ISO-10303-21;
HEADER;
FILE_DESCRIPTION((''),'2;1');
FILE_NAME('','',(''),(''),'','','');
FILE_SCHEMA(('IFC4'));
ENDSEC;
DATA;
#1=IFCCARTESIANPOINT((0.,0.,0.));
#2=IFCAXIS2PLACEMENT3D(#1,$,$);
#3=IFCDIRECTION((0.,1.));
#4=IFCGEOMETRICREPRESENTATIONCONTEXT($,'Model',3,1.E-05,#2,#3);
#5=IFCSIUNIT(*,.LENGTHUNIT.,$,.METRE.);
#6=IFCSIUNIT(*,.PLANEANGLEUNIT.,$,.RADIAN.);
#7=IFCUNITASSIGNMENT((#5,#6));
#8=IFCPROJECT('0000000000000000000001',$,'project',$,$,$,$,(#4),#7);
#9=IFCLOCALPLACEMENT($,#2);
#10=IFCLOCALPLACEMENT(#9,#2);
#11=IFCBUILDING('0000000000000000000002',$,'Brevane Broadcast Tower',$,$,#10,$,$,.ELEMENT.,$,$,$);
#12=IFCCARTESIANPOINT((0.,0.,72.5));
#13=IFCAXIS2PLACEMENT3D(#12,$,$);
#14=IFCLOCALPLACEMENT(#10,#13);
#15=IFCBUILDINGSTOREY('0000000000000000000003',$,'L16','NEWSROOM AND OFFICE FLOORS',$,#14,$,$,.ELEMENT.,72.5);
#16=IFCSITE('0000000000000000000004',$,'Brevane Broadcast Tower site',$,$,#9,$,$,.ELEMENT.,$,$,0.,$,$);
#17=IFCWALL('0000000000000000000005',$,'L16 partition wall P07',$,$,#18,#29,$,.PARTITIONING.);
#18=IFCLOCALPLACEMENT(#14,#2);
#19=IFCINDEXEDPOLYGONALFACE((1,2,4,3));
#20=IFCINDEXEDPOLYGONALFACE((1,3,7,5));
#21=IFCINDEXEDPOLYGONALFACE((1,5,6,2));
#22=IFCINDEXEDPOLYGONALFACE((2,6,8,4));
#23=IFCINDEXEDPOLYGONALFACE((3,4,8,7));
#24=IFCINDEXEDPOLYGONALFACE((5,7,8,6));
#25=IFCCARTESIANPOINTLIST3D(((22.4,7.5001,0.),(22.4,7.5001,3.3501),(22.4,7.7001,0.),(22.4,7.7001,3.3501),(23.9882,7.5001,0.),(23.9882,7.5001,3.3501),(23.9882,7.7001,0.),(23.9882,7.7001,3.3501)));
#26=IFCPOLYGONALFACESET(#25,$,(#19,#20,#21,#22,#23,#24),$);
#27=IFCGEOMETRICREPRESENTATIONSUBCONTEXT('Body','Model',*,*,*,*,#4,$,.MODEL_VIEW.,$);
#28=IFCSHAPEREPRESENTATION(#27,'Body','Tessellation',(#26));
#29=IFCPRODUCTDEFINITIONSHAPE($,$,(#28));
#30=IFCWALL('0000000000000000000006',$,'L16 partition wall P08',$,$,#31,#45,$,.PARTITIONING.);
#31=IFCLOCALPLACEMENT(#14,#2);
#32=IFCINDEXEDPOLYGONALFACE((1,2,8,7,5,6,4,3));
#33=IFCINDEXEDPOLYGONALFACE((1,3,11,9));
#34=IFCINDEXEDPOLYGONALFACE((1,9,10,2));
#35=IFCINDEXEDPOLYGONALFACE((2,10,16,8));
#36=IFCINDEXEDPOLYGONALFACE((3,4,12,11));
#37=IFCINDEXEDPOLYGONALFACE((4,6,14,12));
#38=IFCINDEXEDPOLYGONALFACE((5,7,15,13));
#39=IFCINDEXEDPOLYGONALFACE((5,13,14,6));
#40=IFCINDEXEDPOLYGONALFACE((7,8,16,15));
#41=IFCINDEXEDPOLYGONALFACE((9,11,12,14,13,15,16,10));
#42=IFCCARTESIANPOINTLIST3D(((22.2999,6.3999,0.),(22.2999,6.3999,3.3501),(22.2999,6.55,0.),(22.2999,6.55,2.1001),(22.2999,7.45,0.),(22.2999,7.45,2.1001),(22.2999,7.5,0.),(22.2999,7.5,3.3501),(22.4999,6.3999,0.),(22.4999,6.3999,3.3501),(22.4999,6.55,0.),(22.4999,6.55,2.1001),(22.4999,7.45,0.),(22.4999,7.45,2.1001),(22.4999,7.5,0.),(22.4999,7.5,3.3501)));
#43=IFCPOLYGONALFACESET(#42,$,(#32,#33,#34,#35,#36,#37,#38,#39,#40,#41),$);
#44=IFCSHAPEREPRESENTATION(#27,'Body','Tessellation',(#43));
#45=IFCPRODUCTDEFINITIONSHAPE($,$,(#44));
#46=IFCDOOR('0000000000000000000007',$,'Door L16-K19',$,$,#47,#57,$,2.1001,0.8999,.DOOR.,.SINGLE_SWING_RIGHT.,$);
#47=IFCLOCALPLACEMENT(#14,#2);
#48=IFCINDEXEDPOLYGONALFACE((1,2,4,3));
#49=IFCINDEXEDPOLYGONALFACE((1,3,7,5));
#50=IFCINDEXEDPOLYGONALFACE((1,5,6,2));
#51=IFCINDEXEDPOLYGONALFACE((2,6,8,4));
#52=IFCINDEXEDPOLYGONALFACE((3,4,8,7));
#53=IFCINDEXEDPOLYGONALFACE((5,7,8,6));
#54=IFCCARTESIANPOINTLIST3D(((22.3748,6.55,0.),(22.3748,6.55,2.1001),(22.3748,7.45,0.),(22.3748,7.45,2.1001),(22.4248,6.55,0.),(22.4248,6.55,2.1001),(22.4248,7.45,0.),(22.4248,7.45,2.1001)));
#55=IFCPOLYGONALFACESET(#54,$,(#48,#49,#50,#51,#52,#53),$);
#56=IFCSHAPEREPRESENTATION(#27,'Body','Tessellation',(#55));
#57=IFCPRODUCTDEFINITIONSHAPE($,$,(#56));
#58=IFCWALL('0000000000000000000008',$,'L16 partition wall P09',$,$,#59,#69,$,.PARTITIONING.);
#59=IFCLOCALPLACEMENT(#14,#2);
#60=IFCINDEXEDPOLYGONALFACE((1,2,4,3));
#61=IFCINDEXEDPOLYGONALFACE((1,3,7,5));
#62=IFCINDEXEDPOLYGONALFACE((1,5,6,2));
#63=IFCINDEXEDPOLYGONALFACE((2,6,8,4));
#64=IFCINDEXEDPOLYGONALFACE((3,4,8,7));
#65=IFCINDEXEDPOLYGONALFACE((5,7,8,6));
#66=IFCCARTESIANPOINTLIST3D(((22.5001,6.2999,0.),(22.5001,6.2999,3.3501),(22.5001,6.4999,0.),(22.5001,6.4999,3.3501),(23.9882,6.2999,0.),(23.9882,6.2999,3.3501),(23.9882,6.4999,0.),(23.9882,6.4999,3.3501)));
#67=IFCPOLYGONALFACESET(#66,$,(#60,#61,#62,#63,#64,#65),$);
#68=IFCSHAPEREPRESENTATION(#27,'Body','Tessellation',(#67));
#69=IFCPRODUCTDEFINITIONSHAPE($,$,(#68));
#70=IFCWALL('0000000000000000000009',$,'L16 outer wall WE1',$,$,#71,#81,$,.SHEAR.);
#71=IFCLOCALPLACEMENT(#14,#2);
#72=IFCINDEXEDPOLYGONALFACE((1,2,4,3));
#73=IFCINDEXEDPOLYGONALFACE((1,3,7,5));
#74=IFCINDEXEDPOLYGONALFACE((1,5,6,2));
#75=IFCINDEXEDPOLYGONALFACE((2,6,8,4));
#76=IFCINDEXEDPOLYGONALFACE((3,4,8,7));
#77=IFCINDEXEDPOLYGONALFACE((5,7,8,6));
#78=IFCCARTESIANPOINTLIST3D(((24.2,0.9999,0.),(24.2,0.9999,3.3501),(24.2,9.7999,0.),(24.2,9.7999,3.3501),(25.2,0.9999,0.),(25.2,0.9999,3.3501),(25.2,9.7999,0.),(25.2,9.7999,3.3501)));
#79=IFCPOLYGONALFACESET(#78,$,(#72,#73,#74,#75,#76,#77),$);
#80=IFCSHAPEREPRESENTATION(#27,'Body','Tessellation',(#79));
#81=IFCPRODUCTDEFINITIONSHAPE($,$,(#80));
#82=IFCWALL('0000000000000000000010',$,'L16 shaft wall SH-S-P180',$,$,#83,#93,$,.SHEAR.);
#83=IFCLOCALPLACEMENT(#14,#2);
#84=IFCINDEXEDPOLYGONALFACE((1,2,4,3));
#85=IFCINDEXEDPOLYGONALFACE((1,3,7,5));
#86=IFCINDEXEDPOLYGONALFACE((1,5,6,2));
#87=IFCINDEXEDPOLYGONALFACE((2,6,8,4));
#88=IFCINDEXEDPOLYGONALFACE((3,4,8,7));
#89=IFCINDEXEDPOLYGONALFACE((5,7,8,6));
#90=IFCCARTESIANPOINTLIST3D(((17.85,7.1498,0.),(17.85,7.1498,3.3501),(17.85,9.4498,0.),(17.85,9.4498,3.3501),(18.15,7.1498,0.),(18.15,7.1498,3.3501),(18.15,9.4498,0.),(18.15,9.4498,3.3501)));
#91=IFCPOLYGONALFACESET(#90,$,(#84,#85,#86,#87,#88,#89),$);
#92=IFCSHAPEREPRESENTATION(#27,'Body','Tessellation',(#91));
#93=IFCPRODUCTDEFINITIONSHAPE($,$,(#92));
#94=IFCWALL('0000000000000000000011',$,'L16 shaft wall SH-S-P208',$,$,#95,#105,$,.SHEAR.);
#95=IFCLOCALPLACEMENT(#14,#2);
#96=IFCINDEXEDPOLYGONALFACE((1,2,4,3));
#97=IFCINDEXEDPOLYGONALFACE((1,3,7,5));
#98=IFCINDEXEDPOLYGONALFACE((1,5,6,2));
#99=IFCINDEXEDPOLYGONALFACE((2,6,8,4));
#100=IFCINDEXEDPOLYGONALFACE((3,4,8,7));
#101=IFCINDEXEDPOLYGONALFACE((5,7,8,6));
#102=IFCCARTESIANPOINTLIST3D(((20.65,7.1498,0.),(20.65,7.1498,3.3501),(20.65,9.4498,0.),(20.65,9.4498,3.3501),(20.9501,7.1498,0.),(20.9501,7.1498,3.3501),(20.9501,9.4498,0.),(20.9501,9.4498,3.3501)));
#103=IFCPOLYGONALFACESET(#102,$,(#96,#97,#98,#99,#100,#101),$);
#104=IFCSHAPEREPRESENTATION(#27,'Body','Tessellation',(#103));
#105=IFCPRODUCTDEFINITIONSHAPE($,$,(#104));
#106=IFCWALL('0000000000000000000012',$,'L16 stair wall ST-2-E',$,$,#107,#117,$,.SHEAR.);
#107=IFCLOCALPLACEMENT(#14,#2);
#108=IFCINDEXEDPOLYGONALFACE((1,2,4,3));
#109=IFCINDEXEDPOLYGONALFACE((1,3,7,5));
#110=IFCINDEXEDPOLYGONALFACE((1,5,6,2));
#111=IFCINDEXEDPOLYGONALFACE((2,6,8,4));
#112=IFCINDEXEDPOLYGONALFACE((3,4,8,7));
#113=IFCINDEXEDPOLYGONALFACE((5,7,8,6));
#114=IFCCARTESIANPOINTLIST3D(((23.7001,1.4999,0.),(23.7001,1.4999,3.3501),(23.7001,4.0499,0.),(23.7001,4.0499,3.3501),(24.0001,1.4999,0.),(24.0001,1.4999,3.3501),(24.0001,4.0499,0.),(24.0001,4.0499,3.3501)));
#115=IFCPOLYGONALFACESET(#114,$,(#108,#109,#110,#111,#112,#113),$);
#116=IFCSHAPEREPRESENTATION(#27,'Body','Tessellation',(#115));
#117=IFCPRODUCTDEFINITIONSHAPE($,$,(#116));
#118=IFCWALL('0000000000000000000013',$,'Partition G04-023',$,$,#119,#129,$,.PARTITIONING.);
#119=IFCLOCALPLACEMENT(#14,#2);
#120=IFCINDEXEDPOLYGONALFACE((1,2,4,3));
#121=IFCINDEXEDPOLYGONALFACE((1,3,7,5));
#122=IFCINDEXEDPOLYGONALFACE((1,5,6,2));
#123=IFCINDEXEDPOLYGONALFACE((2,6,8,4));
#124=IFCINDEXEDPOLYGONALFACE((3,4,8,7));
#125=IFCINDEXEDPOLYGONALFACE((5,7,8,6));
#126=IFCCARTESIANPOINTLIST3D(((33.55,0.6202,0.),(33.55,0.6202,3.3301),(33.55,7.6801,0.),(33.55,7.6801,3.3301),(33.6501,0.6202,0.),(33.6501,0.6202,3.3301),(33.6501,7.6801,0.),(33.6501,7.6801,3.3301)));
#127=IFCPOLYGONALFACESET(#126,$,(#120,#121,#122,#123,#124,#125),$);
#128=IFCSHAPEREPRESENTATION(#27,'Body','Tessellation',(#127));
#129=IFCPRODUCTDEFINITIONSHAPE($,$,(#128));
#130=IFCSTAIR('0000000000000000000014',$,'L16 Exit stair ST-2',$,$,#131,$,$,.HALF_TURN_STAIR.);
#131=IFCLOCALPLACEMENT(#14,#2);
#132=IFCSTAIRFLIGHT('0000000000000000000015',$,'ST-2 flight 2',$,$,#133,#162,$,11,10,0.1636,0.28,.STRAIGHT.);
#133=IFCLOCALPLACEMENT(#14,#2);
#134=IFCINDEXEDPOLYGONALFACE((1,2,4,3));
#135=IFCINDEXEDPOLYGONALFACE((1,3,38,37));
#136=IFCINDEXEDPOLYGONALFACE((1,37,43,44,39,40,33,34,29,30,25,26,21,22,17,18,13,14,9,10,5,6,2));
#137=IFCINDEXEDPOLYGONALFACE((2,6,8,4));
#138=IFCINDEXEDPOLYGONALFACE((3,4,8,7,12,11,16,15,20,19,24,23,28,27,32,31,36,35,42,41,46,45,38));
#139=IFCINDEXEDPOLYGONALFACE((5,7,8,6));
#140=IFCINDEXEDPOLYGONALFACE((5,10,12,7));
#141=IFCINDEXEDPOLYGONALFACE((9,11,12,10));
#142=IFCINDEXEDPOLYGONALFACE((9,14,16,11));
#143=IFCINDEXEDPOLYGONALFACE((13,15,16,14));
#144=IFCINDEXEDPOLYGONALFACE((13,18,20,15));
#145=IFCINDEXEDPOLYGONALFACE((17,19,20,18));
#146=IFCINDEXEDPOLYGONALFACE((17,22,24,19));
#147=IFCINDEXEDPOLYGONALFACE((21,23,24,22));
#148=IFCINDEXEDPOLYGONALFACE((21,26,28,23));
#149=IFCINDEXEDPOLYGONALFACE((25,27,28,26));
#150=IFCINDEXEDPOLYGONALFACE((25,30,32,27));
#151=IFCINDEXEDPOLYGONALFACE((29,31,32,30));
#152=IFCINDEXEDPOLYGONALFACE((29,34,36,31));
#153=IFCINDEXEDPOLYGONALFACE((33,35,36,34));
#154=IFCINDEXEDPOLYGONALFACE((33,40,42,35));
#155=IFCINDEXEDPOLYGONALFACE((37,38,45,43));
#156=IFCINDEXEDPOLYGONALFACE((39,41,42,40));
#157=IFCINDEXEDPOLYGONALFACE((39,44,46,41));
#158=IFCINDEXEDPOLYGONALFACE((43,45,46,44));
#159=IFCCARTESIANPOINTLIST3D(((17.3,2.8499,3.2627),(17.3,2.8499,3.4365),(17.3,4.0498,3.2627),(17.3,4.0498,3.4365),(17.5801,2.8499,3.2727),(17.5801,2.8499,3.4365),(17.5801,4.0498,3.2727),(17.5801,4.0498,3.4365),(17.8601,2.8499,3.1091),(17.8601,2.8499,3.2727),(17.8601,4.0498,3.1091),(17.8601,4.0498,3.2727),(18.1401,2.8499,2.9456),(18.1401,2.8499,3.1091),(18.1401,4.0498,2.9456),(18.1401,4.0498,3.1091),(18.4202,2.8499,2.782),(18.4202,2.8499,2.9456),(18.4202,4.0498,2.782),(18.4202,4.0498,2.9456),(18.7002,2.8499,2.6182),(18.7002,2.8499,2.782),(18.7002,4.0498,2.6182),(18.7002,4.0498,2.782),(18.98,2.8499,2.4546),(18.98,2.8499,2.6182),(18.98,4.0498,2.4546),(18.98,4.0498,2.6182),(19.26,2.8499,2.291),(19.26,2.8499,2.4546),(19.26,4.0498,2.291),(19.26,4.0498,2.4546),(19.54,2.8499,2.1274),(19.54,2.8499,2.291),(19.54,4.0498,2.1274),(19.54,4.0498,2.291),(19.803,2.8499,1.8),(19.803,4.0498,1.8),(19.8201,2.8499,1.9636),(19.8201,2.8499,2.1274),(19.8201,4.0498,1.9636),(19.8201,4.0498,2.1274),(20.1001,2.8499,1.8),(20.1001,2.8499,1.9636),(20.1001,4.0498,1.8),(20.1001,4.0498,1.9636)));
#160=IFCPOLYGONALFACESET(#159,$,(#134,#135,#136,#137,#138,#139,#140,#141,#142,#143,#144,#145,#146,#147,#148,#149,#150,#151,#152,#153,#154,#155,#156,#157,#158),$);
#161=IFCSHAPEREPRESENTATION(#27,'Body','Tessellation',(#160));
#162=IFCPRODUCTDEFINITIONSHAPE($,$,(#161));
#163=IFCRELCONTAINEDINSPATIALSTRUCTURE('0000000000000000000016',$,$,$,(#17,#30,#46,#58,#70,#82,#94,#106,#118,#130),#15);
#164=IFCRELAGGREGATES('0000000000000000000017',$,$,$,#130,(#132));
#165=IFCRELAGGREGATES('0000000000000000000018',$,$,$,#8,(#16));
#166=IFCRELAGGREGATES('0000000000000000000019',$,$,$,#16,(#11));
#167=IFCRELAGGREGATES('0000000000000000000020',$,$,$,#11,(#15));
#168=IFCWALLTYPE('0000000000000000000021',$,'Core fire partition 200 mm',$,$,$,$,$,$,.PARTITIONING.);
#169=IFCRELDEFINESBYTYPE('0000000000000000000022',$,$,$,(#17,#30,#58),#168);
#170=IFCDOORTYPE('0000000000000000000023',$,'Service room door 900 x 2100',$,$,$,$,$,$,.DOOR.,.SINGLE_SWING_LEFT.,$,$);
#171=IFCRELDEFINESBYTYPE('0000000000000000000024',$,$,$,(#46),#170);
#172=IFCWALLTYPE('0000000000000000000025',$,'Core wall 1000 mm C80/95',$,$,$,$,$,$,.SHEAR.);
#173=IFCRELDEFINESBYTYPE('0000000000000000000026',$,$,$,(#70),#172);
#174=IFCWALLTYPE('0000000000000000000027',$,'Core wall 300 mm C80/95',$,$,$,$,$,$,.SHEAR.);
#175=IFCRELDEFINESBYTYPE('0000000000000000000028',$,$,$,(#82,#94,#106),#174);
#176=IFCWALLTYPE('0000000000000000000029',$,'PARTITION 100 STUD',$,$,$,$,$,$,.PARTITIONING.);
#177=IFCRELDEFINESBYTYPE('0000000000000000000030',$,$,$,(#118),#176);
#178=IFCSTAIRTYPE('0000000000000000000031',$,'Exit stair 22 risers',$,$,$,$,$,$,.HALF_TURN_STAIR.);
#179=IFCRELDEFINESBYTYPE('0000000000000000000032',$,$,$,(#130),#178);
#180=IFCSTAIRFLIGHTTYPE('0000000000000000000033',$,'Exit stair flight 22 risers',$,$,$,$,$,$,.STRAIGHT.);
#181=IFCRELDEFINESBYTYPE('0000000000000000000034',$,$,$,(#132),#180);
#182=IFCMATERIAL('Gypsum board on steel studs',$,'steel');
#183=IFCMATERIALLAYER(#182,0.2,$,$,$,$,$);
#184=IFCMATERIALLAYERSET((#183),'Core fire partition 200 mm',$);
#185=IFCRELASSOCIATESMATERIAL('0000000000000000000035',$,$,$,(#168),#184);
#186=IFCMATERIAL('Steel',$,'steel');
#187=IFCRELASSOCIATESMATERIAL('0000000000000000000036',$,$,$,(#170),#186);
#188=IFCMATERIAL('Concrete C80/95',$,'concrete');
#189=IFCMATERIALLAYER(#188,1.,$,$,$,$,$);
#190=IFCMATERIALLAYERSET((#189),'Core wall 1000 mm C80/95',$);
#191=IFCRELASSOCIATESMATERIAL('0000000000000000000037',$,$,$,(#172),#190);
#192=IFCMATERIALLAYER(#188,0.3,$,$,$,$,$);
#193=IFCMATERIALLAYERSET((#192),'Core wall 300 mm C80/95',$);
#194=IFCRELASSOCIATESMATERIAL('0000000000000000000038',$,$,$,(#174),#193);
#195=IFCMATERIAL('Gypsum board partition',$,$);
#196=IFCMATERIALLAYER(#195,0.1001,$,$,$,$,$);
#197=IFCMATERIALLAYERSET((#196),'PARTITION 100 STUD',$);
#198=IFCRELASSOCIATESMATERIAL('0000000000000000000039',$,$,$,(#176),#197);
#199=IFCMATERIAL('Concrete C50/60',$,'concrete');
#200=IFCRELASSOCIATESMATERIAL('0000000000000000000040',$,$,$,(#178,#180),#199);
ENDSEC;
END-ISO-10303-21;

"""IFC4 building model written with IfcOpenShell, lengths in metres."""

from ifc_helpers import new_model, si_unit, direction, frame, frame_2d, origin, place, context, subcontext, project, spatial, polyline, rectangle, outline, extrude, material, layer, layer_set, type_object, element, fill, aggregate, save


model = new_model("IFC4")

# Units and contexts
model_context = context("Model", 3, precision=1e-05, world=origin(), true_north=direction((0.0, 1.0)))
body_context = subcontext(model_context, "Body", "Model", "MODEL_VIEW")
ifc_project = project(units=[si_unit("LENGTHUNIT", "METRE"), si_unit("PLANEANGLEUNIT", "RADIAN")], contexts=[model_context])

# Site, building, storey
site_placement = place(None, origin())
site = spatial("IfcSite", under=ifc_project, at=site_placement, Name="Brevane Broadcast Tower site", CompositionType="ELEMENT", RefElevation=0.0)
building_placement = place(site_placement, origin())
building = spatial("IfcBuilding", under=site, at=building_placement, Name="Brevane Broadcast Tower", CompositionType="ELEMENT")
storey_placement = place(building_placement, frame((0.0, 0.0, 72.5)))
storey = spatial("IfcBuildingStorey", under=building, at=storey_placement, Name="L16", Description="NEWSROOM AND OFFICE FLOORS", CompositionType="ELEMENT", Elevation=72.5)

# Shared definitions
ifc_material_1 = material(Name="Concrete C80/95", Category="concrete")

# Wall
ifc_material_2 = material(Name="Gypsum board on steel studs", Category="steel")
ifc_layer_1 = layer(ifc_material_2, 0.2)
ifc_layer_set_1 = layer_set([ifc_layer_1], Name="Core fire partition 200 mm")
wall_type_1 = type_object("IfcWallType", Name="Core fire partition 200 mm", PredefinedType="PARTITIONING", material=ifc_layer_set_1)
wall_1_placement = place(storey_placement, frame((23.988, 7.6001, 0.0), z_axis=(0.0, 0.0, 1.0), x_axis=(-1.0, 0.0, 0.0)))
element("IfcWall", 1, at=wall_1_placement, inside=storey, type_object=wall_type_1, Name="L16 partition wall P07", PredefinedType="PARTITIONING", context=body_context, shape_type="SweptSolid", body=[
    extrude(rectangle(XDim=1.5881, YDim=0.2, at=frame_2d((0.7939, 0.0))), origin(), (0.0, 0.0, 1.0), 3.3501),
])

# Wall, opening, door
wall_2_placement = place(storey_placement, frame((22.3999, 7.5, 0.0), z_axis=(0.0, 0.0, 1.0), x_axis=(0.0, -1.0, 0.0)))
wall_2 = element("IfcWall", 2, at=wall_2_placement, inside=storey, type_object=wall_type_1, Name="L16 partition wall P08", PredefinedType="PARTITIONING", context=body_context, shape_type="SweptSolid", body=[
    extrude(rectangle(XDim=1.1001, YDim=0.2, at=frame_2d((0.55, 0.0))), origin(), (0.0, 0.0, 1.0), 3.3501),
])
opening_placement = place(wall_2_placement, frame((0.05, 0.0, 0.0)))
opening = element("IfcOpeningElement", 3, at=opening_placement, cuts=wall_2, PredefinedType="OPENING", context=body_context, shape_type="SweptSolid", body=[
    extrude(rectangle(XDim=0.8999, YDim=2.1001, at=frame_2d((0.45, 1.05))), frame((0.0, 0.1099, 0.0), z_axis=(0.0, -1.0, 0.0), x_axis=(1.0, 0.0, 0.0)), (0.0, 0.0, 1.0), 0.22),
])
ifc_material_3 = material(Name="Steel", Category="steel")
door_type = type_object("IfcDoorType", Name="Service room door 900 x 2100", OperationType="SINGLE_SWING_LEFT", PredefinedType="DOOR", material=ifc_material_3)
door_placement = place(opening_placement, origin())
door = element("IfcDoor", 4, at=door_placement, inside=storey, type_object=door_type, Name="Door L16-K19", OperationType="SINGLE_SWING_RIGHT", OverallHeight=2.1001, OverallWidth=0.8999, PredefinedType="DOOR", context=body_context, shape_type="SweptSolid", body=[
    extrude(rectangle(XDim=0.8999, YDim=2.1001, at=frame_2d((0.45, 1.05))), frame((0.0, 0.0249, 0.0), z_axis=(0.0, -1.0, 0.0), x_axis=(1.0, 0.0, 0.0)), (0.0, 0.0, 1.0), 0.05),
])
fill(opening, door)

# Walls
wall_3_placement = place(storey_placement, frame((22.5, 6.3999, 0.0), z_axis=(0.0, 0.0, 1.0), x_axis=(1.0, 0.0, 0.0)))
element("IfcWall", 5, at=wall_3_placement, inside=storey, type_object=wall_type_1, Name="L16 partition wall P09", PredefinedType="PARTITIONING", context=body_context, shape_type="SweptSolid", body=[
    extrude(rectangle(XDim=1.488, YDim=0.2, at=frame_2d((0.7441, 0.0))), origin(), (0.0, 0.0, 1.0), 3.3501),
])
ifc_layer_2 = layer(ifc_material_1, 1.0)
ifc_layer_set_2 = layer_set([ifc_layer_2], Name="Core wall 1000 mm C80/95")
wall_type_2 = type_object("IfcWallType", Name="Core wall 1000 mm C80/95", PredefinedType="SHEAR", material=ifc_layer_set_2)
wall_4_placement = place(storey_placement, frame((24.7, 1.0, 0.0), z_axis=(0.0, 0.0, 1.0), x_axis=(0.0, 1.0, 0.0)))
element("IfcWall", 6, at=wall_4_placement, inside=storey, type_object=wall_type_2, Name="L16 outer wall WE1", PredefinedType="SHEAR", context=body_context, shape_type="SweptSolid", body=[
    extrude(rectangle(XDim=8.8, YDim=1.0, at=frame_2d((4.3999, 0.0))), origin(), (0.0, 0.0, 1.0), 3.3501),
])
ifc_layer_3 = layer(ifc_material_1, 0.3)
ifc_layer_set_3 = layer_set([ifc_layer_3], Name="Core wall 300 mm C80/95")
wall_type_3 = type_object("IfcWallType", Name="Core wall 300 mm C80/95", PredefinedType="SHEAR", material=ifc_layer_set_3)
for number, where, z_axis, x_axis, name in (
    (7, (18.0, 7.1499, 0.0), (0.0, 0.0, 1.0), (0.0, 1.0, 0.0), "L16 shaft wall SH-S-P180"),
    (8, (20.8, 7.1499, 0.0), (0.0, 0.0, 1.0), (0.0, 1.0, 0.0), "L16 shaft wall SH-S-P208"),
):
    element("IfcWall", number, at=place(storey_placement, frame(where, z_axis=z_axis, x_axis=x_axis)), inside=storey, type_object=wall_type_3, Name=name, PredefinedType="SHEAR", context=body_context, shape_type="SweptSolid", body=[
        extrude(rectangle(XDim=2.3, YDim=0.3, at=frame_2d((1.1499, 0.0))), origin(), (0.0, 0.0, 1.0), 3.3501),
    ])
wall_5_placement = place(storey_placement, frame((23.8501, 1.5, 0.0), z_axis=(0.0, 0.0, 1.0), x_axis=(0.0, 1.0, 0.0)))
element("IfcWall", 9, at=wall_5_placement, inside=storey, type_object=wall_type_3, Name="L16 stair wall ST-2-E", PredefinedType="SHEAR", context=body_context, shape_type="SweptSolid", body=[
    extrude(rectangle(XDim=2.55, YDim=0.3, at=frame_2d((1.2749, 0.0))), origin(), (0.0, 0.0, 1.0), 3.3501),
])
ifc_material_4 = material(Name="Gypsum board partition")
ifc_layer_4 = layer(ifc_material_4, 0.1001)
ifc_layer_set_4 = layer_set([ifc_layer_4], Name="PARTITION 100 STUD")
wall_type_4 = type_object("IfcWallType", Name="PARTITION 100 STUD", PredefinedType="PARTITIONING", material=ifc_layer_set_4)
wall_6_placement = place(storey_placement, frame((33.6001, 7.6799, 0.0), z_axis=(0.0, 0.0, 1.0), x_axis=(0.0, -1.0, 0.0)))
element("IfcWall", 10, at=wall_6_placement, inside=storey, type_object=wall_type_4, Name="Partition G04-023", PredefinedType="PARTITIONING", context=body_context, shape_type="SweptSolid", body=[
    extrude(rectangle(XDim=7.0598, YDim=0.1001, at=frame_2d((3.5298, 0.0))), origin(), (0.0, 0.0, 1.0), 3.3301),
])

# Stair, stair flight
ifc_material_5 = material(Name="Concrete C50/60", Category="concrete")
stair_type = type_object("IfcStairType", Name="Exit stair 22 risers", PredefinedType="HALF_TURN_STAIR", material=ifc_material_5)
stair_placement = place(storey_placement, origin())
stair = element("IfcStair", 11, at=stair_placement, inside=storey, type_object=stair_type, Name="L16 Exit stair ST-2", PredefinedType="HALF_TURN_STAIR")
stair_flight_type = type_object("IfcStairFlightType", Name="Exit stair flight 22 risers", PredefinedType="STRAIGHT", material=ifc_material_5)
stair_flight_placement = place(storey_placement, frame((20.1001, 3.45, 1.8), z_axis=(0.0, 0.0, 1.0), x_axis=(-1.0, 0.0, 0.0)))
stair_flight = element("IfcStairFlight", 12, at=stair_flight_placement, type_object=stair_flight_type, Name="ST-2 flight 2", NumberOfRisers=11, NumberOfTreads=10, PredefinedType="STRAIGHT", RiserHeight=0.1636, TreadLength=0.28, context=body_context, shape_type="SweptSolid", body=[
    extrude(outline(polyline([(0.0, 0.0), (0.0, 0.1636), (0.28, 0.1636), (0.28, 0.3274), (0.5601, 0.3274), (0.5601, 0.491), (0.8401, 0.491), (0.8401, 0.6545), (1.1201, 0.6545), (1.1201, 0.8181), (1.3999, 0.8181), (1.3999, 0.9819), (1.6799, 0.9819), (1.6799, 1.1455), (1.96, 1.1455), (1.96, 1.3091), (2.24, 1.3091), (2.24, 1.4727), (2.52, 1.4727), (2.52, 1.6365), (2.8, 1.6365), (2.8, 1.8), (2.8, 1.4626), (0.2971, 0.0), (0.0, 0.0)])), frame((0.0, 0.6001, 0.0), z_axis=(0.0, -1.0, 0.0), x_axis=(1.0, 0.0, 0.0)), (0.0, 0.0, 1.0), 1.2),
])
aggregate(stair, [stair_flight])

save(model, "model.ifc")
